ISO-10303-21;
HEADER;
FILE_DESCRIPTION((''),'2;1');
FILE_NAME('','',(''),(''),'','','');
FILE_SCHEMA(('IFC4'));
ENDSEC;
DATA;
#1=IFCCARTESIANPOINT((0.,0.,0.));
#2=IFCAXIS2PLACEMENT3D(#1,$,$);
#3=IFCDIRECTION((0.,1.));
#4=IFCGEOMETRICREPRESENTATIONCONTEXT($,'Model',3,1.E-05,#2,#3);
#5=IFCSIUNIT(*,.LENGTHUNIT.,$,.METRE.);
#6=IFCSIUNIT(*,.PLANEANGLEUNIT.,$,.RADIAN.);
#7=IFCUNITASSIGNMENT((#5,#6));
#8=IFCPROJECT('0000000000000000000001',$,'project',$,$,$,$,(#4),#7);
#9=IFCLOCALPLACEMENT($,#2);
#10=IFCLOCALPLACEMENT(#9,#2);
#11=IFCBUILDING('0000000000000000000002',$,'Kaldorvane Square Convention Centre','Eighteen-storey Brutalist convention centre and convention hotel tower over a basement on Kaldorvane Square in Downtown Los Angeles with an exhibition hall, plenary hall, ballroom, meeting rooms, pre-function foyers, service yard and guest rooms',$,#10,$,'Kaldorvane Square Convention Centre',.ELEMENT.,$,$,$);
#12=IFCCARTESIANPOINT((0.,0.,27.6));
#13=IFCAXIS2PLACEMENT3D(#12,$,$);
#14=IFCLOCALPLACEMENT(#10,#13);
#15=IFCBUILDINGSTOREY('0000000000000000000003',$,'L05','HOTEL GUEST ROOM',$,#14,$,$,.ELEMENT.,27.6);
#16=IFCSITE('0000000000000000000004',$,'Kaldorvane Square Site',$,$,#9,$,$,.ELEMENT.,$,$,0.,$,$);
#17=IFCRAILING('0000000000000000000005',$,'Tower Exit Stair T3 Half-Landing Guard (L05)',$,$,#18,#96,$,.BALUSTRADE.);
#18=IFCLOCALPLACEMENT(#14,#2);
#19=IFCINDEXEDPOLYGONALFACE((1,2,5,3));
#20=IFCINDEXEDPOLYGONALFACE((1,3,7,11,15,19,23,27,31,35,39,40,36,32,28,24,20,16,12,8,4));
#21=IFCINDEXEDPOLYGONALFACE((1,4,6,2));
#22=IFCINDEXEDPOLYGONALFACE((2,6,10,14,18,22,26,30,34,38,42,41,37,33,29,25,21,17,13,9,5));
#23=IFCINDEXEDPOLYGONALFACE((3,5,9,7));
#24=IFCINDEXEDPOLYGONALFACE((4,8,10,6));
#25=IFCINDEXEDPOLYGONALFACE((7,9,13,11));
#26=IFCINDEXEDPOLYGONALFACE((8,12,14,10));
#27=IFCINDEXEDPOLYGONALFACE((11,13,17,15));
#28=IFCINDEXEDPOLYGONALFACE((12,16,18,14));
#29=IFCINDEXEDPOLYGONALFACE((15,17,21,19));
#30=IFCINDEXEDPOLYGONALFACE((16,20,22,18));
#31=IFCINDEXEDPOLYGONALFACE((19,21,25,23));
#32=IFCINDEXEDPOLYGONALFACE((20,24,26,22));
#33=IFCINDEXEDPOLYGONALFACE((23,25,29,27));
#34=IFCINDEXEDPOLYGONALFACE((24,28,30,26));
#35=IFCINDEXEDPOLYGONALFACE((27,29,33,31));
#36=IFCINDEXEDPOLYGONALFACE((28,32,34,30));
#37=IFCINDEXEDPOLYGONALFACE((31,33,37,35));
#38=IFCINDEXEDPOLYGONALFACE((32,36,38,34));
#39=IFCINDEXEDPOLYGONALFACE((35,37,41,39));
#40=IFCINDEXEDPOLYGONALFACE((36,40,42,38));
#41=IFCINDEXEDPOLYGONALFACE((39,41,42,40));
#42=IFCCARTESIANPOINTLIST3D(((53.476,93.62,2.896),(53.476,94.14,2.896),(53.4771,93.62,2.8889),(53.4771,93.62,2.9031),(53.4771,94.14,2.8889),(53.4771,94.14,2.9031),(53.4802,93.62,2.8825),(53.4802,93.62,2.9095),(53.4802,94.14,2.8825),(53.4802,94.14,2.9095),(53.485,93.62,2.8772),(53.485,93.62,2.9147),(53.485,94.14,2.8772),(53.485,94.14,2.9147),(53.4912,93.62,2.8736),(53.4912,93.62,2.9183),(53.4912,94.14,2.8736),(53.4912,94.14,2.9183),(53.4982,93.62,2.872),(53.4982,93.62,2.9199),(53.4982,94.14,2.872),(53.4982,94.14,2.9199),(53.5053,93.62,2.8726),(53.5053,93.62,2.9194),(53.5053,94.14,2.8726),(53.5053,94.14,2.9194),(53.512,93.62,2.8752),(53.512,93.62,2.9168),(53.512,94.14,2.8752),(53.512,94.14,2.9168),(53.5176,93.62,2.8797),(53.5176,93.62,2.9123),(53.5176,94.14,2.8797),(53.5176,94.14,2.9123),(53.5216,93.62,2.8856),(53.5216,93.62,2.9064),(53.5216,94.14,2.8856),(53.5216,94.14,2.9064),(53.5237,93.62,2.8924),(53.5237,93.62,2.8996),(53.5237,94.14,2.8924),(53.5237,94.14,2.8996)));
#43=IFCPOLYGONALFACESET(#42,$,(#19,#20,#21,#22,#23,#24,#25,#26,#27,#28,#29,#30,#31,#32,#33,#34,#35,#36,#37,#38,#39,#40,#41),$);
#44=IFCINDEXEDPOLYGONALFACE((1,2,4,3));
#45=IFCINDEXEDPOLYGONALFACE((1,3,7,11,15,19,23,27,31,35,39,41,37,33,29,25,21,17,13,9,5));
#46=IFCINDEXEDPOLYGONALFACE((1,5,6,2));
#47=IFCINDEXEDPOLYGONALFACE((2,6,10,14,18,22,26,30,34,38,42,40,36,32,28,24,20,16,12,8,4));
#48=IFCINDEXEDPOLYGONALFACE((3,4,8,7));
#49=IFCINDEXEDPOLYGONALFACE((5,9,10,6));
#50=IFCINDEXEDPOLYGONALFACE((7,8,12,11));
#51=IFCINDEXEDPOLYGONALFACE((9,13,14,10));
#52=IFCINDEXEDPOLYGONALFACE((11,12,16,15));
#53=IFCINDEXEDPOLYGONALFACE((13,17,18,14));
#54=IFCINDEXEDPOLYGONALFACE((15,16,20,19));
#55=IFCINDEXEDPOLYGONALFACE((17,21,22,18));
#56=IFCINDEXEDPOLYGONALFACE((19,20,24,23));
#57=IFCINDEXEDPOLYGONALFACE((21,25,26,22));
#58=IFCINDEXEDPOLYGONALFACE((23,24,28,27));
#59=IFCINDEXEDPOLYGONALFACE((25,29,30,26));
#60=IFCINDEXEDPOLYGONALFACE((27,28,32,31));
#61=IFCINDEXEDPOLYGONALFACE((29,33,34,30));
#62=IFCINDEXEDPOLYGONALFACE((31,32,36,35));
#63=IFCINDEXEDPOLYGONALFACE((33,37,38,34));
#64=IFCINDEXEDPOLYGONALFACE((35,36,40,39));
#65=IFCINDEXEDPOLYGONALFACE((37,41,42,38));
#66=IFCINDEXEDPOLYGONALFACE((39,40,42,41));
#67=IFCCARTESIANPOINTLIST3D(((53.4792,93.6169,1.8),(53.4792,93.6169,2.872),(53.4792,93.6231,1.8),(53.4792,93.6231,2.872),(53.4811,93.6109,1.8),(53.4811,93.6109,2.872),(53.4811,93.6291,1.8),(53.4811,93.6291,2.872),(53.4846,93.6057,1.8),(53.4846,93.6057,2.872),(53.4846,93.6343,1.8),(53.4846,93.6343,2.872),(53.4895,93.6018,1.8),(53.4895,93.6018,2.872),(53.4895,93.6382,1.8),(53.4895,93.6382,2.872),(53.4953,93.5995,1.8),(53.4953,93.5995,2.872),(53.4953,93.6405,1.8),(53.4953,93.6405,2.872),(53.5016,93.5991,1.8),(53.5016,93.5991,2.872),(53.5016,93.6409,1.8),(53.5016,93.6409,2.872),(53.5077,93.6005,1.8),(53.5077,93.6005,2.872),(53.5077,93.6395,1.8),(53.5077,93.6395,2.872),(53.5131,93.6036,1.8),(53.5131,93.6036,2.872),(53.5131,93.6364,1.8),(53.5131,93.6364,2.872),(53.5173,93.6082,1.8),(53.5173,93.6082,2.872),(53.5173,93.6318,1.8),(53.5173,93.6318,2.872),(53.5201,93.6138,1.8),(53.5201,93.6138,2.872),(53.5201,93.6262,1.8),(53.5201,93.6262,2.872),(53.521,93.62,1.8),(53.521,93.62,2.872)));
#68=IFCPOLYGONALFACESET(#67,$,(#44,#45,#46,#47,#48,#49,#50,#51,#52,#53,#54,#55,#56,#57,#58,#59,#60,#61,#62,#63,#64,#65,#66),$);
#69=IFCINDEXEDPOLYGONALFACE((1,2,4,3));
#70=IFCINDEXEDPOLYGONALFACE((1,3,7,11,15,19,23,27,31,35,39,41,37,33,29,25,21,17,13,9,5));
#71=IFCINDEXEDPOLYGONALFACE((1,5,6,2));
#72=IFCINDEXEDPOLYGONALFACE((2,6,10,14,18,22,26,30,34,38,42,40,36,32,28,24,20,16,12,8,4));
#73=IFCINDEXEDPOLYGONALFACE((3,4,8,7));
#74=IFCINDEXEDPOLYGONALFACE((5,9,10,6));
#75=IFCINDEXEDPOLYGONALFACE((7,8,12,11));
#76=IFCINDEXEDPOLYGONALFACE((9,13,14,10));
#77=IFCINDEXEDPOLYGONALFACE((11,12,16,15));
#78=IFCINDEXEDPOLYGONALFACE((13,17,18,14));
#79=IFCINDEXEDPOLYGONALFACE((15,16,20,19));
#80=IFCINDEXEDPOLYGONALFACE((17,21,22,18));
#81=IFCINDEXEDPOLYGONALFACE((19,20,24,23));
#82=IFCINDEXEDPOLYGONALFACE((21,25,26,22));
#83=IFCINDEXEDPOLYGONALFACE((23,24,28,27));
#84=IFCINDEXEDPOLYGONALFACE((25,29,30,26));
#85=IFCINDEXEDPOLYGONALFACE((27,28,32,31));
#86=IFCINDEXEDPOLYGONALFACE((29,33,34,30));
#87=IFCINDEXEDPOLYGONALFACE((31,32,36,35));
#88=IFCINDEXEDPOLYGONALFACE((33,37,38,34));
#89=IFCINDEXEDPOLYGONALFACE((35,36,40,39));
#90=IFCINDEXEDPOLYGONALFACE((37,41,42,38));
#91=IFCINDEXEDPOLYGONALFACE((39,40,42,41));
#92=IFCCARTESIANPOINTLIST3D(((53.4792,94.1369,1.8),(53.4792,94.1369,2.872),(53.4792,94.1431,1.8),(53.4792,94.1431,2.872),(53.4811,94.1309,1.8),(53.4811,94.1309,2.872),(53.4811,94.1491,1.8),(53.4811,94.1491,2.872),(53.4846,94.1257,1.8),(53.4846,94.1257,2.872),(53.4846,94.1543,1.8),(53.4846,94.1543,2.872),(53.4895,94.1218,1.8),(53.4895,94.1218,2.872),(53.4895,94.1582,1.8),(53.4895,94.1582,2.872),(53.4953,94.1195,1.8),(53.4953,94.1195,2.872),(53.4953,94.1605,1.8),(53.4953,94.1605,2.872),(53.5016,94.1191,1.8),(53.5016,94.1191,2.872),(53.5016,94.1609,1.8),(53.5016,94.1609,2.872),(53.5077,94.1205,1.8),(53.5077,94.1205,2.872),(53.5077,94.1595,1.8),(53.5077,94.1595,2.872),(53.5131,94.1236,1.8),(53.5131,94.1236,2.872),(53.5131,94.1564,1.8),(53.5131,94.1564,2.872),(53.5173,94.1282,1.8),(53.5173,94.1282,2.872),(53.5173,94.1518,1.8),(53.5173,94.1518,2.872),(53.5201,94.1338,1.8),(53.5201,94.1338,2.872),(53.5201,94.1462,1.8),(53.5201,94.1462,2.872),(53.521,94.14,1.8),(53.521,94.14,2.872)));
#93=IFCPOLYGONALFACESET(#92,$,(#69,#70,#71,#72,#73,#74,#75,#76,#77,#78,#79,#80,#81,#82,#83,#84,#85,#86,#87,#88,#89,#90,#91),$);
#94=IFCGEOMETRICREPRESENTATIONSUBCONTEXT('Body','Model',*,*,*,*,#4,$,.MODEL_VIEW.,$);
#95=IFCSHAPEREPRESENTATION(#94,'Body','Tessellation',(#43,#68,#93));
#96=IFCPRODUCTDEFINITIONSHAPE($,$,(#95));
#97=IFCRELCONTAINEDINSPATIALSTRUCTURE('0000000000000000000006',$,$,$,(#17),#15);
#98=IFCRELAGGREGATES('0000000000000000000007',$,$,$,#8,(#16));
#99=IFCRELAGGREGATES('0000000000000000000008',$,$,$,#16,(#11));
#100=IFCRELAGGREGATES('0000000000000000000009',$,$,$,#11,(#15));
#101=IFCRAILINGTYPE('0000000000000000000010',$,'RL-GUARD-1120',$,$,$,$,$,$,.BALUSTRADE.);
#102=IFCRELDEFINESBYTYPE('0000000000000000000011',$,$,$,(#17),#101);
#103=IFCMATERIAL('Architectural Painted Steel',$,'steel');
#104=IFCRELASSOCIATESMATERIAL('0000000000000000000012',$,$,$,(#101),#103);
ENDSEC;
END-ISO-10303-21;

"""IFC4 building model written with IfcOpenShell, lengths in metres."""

from ifc_helpers import new_model, si_unit, direction, frame, origin, origin_2d, place, context, subcontext, project, spatial, circle, extrude, material, type_object, element, save


model = new_model("IFC4")

# Units and contexts
model_context = context("Model", 3, precision=1e-05, world=origin(), true_north=direction((0.0, 1.0)))
body_context = subcontext(model_context, "Body", "Model", "MODEL_VIEW")
ifc_project = project(units=[si_unit("LENGTHUNIT", "METRE"), si_unit("PLANEANGLEUNIT", "RADIAN")], contexts=[model_context])

# Site, building, storey
site_placement = place(None, origin())
site = spatial("IfcSite", under=ifc_project, at=site_placement, Name="Kaldorvane Square Site", CompositionType="ELEMENT", RefElevation=0.0)
building_placement = place(site_placement, origin())
building = spatial("IfcBuilding", under=site, at=building_placement, Name="Kaldorvane Square Convention Centre", Description="Eighteen-storey Brutalist convention centre and convention hotel tower over a basement on Kaldorvane Square in Downtown Los Angeles with an exhibition hall, plenary hall, ballroom, meeting rooms, pre-function foyers, service yard and guest rooms", LongName="Kaldorvane Square Convention Centre", CompositionType="ELEMENT")
storey_placement = place(building_placement, frame((0.0, 0.0, 27.6)))
storey = spatial("IfcBuildingStorey", under=building, at=storey_placement, Name="L05", Description="HOTEL GUEST ROOM", CompositionType="ELEMENT", Elevation=27.6)

# Railing
ifc_material_1 = material(Name="Architectural Painted Steel", Category="steel")
railing_type_1 = type_object("IfcRailingType", Name="RL-GUARD-1120", PredefinedType="BALUSTRADE", material=ifc_material_1)
for number, where, name in (
    (1, (53.5, 93.62, 1.8), "Tower Exit Stair T3 Half-Landing Guard (L05)"),
):
    element("IfcRailing", number, at=place(storey_placement, frame(where)), inside=storey, type_object=railing_type_1, Name=name, PredefinedType="BALUSTRADE", context=body_context, shape_type="SweptSolid", body=[
        extrude(circle(Radius=0.024, at=origin_2d()), frame((0.0, 0.0, 1.096), z_axis=(0.0, 1.0, 0.0), x_axis=(-1.0, 0.0, 0.0)), (0.0, 0.0, 1.0), 0.52),
        extrude(circle(Radius=0.021, at=origin_2d()), origin(), (0.0, 0.0, 1.0), 1.072),
        extrude(circle(Radius=0.021, at=origin_2d()), frame((0.0, 0.52, 0.0)), (0.0, 0.0, 1.0), 1.072),
    ])

save(model, "model.ifc")
